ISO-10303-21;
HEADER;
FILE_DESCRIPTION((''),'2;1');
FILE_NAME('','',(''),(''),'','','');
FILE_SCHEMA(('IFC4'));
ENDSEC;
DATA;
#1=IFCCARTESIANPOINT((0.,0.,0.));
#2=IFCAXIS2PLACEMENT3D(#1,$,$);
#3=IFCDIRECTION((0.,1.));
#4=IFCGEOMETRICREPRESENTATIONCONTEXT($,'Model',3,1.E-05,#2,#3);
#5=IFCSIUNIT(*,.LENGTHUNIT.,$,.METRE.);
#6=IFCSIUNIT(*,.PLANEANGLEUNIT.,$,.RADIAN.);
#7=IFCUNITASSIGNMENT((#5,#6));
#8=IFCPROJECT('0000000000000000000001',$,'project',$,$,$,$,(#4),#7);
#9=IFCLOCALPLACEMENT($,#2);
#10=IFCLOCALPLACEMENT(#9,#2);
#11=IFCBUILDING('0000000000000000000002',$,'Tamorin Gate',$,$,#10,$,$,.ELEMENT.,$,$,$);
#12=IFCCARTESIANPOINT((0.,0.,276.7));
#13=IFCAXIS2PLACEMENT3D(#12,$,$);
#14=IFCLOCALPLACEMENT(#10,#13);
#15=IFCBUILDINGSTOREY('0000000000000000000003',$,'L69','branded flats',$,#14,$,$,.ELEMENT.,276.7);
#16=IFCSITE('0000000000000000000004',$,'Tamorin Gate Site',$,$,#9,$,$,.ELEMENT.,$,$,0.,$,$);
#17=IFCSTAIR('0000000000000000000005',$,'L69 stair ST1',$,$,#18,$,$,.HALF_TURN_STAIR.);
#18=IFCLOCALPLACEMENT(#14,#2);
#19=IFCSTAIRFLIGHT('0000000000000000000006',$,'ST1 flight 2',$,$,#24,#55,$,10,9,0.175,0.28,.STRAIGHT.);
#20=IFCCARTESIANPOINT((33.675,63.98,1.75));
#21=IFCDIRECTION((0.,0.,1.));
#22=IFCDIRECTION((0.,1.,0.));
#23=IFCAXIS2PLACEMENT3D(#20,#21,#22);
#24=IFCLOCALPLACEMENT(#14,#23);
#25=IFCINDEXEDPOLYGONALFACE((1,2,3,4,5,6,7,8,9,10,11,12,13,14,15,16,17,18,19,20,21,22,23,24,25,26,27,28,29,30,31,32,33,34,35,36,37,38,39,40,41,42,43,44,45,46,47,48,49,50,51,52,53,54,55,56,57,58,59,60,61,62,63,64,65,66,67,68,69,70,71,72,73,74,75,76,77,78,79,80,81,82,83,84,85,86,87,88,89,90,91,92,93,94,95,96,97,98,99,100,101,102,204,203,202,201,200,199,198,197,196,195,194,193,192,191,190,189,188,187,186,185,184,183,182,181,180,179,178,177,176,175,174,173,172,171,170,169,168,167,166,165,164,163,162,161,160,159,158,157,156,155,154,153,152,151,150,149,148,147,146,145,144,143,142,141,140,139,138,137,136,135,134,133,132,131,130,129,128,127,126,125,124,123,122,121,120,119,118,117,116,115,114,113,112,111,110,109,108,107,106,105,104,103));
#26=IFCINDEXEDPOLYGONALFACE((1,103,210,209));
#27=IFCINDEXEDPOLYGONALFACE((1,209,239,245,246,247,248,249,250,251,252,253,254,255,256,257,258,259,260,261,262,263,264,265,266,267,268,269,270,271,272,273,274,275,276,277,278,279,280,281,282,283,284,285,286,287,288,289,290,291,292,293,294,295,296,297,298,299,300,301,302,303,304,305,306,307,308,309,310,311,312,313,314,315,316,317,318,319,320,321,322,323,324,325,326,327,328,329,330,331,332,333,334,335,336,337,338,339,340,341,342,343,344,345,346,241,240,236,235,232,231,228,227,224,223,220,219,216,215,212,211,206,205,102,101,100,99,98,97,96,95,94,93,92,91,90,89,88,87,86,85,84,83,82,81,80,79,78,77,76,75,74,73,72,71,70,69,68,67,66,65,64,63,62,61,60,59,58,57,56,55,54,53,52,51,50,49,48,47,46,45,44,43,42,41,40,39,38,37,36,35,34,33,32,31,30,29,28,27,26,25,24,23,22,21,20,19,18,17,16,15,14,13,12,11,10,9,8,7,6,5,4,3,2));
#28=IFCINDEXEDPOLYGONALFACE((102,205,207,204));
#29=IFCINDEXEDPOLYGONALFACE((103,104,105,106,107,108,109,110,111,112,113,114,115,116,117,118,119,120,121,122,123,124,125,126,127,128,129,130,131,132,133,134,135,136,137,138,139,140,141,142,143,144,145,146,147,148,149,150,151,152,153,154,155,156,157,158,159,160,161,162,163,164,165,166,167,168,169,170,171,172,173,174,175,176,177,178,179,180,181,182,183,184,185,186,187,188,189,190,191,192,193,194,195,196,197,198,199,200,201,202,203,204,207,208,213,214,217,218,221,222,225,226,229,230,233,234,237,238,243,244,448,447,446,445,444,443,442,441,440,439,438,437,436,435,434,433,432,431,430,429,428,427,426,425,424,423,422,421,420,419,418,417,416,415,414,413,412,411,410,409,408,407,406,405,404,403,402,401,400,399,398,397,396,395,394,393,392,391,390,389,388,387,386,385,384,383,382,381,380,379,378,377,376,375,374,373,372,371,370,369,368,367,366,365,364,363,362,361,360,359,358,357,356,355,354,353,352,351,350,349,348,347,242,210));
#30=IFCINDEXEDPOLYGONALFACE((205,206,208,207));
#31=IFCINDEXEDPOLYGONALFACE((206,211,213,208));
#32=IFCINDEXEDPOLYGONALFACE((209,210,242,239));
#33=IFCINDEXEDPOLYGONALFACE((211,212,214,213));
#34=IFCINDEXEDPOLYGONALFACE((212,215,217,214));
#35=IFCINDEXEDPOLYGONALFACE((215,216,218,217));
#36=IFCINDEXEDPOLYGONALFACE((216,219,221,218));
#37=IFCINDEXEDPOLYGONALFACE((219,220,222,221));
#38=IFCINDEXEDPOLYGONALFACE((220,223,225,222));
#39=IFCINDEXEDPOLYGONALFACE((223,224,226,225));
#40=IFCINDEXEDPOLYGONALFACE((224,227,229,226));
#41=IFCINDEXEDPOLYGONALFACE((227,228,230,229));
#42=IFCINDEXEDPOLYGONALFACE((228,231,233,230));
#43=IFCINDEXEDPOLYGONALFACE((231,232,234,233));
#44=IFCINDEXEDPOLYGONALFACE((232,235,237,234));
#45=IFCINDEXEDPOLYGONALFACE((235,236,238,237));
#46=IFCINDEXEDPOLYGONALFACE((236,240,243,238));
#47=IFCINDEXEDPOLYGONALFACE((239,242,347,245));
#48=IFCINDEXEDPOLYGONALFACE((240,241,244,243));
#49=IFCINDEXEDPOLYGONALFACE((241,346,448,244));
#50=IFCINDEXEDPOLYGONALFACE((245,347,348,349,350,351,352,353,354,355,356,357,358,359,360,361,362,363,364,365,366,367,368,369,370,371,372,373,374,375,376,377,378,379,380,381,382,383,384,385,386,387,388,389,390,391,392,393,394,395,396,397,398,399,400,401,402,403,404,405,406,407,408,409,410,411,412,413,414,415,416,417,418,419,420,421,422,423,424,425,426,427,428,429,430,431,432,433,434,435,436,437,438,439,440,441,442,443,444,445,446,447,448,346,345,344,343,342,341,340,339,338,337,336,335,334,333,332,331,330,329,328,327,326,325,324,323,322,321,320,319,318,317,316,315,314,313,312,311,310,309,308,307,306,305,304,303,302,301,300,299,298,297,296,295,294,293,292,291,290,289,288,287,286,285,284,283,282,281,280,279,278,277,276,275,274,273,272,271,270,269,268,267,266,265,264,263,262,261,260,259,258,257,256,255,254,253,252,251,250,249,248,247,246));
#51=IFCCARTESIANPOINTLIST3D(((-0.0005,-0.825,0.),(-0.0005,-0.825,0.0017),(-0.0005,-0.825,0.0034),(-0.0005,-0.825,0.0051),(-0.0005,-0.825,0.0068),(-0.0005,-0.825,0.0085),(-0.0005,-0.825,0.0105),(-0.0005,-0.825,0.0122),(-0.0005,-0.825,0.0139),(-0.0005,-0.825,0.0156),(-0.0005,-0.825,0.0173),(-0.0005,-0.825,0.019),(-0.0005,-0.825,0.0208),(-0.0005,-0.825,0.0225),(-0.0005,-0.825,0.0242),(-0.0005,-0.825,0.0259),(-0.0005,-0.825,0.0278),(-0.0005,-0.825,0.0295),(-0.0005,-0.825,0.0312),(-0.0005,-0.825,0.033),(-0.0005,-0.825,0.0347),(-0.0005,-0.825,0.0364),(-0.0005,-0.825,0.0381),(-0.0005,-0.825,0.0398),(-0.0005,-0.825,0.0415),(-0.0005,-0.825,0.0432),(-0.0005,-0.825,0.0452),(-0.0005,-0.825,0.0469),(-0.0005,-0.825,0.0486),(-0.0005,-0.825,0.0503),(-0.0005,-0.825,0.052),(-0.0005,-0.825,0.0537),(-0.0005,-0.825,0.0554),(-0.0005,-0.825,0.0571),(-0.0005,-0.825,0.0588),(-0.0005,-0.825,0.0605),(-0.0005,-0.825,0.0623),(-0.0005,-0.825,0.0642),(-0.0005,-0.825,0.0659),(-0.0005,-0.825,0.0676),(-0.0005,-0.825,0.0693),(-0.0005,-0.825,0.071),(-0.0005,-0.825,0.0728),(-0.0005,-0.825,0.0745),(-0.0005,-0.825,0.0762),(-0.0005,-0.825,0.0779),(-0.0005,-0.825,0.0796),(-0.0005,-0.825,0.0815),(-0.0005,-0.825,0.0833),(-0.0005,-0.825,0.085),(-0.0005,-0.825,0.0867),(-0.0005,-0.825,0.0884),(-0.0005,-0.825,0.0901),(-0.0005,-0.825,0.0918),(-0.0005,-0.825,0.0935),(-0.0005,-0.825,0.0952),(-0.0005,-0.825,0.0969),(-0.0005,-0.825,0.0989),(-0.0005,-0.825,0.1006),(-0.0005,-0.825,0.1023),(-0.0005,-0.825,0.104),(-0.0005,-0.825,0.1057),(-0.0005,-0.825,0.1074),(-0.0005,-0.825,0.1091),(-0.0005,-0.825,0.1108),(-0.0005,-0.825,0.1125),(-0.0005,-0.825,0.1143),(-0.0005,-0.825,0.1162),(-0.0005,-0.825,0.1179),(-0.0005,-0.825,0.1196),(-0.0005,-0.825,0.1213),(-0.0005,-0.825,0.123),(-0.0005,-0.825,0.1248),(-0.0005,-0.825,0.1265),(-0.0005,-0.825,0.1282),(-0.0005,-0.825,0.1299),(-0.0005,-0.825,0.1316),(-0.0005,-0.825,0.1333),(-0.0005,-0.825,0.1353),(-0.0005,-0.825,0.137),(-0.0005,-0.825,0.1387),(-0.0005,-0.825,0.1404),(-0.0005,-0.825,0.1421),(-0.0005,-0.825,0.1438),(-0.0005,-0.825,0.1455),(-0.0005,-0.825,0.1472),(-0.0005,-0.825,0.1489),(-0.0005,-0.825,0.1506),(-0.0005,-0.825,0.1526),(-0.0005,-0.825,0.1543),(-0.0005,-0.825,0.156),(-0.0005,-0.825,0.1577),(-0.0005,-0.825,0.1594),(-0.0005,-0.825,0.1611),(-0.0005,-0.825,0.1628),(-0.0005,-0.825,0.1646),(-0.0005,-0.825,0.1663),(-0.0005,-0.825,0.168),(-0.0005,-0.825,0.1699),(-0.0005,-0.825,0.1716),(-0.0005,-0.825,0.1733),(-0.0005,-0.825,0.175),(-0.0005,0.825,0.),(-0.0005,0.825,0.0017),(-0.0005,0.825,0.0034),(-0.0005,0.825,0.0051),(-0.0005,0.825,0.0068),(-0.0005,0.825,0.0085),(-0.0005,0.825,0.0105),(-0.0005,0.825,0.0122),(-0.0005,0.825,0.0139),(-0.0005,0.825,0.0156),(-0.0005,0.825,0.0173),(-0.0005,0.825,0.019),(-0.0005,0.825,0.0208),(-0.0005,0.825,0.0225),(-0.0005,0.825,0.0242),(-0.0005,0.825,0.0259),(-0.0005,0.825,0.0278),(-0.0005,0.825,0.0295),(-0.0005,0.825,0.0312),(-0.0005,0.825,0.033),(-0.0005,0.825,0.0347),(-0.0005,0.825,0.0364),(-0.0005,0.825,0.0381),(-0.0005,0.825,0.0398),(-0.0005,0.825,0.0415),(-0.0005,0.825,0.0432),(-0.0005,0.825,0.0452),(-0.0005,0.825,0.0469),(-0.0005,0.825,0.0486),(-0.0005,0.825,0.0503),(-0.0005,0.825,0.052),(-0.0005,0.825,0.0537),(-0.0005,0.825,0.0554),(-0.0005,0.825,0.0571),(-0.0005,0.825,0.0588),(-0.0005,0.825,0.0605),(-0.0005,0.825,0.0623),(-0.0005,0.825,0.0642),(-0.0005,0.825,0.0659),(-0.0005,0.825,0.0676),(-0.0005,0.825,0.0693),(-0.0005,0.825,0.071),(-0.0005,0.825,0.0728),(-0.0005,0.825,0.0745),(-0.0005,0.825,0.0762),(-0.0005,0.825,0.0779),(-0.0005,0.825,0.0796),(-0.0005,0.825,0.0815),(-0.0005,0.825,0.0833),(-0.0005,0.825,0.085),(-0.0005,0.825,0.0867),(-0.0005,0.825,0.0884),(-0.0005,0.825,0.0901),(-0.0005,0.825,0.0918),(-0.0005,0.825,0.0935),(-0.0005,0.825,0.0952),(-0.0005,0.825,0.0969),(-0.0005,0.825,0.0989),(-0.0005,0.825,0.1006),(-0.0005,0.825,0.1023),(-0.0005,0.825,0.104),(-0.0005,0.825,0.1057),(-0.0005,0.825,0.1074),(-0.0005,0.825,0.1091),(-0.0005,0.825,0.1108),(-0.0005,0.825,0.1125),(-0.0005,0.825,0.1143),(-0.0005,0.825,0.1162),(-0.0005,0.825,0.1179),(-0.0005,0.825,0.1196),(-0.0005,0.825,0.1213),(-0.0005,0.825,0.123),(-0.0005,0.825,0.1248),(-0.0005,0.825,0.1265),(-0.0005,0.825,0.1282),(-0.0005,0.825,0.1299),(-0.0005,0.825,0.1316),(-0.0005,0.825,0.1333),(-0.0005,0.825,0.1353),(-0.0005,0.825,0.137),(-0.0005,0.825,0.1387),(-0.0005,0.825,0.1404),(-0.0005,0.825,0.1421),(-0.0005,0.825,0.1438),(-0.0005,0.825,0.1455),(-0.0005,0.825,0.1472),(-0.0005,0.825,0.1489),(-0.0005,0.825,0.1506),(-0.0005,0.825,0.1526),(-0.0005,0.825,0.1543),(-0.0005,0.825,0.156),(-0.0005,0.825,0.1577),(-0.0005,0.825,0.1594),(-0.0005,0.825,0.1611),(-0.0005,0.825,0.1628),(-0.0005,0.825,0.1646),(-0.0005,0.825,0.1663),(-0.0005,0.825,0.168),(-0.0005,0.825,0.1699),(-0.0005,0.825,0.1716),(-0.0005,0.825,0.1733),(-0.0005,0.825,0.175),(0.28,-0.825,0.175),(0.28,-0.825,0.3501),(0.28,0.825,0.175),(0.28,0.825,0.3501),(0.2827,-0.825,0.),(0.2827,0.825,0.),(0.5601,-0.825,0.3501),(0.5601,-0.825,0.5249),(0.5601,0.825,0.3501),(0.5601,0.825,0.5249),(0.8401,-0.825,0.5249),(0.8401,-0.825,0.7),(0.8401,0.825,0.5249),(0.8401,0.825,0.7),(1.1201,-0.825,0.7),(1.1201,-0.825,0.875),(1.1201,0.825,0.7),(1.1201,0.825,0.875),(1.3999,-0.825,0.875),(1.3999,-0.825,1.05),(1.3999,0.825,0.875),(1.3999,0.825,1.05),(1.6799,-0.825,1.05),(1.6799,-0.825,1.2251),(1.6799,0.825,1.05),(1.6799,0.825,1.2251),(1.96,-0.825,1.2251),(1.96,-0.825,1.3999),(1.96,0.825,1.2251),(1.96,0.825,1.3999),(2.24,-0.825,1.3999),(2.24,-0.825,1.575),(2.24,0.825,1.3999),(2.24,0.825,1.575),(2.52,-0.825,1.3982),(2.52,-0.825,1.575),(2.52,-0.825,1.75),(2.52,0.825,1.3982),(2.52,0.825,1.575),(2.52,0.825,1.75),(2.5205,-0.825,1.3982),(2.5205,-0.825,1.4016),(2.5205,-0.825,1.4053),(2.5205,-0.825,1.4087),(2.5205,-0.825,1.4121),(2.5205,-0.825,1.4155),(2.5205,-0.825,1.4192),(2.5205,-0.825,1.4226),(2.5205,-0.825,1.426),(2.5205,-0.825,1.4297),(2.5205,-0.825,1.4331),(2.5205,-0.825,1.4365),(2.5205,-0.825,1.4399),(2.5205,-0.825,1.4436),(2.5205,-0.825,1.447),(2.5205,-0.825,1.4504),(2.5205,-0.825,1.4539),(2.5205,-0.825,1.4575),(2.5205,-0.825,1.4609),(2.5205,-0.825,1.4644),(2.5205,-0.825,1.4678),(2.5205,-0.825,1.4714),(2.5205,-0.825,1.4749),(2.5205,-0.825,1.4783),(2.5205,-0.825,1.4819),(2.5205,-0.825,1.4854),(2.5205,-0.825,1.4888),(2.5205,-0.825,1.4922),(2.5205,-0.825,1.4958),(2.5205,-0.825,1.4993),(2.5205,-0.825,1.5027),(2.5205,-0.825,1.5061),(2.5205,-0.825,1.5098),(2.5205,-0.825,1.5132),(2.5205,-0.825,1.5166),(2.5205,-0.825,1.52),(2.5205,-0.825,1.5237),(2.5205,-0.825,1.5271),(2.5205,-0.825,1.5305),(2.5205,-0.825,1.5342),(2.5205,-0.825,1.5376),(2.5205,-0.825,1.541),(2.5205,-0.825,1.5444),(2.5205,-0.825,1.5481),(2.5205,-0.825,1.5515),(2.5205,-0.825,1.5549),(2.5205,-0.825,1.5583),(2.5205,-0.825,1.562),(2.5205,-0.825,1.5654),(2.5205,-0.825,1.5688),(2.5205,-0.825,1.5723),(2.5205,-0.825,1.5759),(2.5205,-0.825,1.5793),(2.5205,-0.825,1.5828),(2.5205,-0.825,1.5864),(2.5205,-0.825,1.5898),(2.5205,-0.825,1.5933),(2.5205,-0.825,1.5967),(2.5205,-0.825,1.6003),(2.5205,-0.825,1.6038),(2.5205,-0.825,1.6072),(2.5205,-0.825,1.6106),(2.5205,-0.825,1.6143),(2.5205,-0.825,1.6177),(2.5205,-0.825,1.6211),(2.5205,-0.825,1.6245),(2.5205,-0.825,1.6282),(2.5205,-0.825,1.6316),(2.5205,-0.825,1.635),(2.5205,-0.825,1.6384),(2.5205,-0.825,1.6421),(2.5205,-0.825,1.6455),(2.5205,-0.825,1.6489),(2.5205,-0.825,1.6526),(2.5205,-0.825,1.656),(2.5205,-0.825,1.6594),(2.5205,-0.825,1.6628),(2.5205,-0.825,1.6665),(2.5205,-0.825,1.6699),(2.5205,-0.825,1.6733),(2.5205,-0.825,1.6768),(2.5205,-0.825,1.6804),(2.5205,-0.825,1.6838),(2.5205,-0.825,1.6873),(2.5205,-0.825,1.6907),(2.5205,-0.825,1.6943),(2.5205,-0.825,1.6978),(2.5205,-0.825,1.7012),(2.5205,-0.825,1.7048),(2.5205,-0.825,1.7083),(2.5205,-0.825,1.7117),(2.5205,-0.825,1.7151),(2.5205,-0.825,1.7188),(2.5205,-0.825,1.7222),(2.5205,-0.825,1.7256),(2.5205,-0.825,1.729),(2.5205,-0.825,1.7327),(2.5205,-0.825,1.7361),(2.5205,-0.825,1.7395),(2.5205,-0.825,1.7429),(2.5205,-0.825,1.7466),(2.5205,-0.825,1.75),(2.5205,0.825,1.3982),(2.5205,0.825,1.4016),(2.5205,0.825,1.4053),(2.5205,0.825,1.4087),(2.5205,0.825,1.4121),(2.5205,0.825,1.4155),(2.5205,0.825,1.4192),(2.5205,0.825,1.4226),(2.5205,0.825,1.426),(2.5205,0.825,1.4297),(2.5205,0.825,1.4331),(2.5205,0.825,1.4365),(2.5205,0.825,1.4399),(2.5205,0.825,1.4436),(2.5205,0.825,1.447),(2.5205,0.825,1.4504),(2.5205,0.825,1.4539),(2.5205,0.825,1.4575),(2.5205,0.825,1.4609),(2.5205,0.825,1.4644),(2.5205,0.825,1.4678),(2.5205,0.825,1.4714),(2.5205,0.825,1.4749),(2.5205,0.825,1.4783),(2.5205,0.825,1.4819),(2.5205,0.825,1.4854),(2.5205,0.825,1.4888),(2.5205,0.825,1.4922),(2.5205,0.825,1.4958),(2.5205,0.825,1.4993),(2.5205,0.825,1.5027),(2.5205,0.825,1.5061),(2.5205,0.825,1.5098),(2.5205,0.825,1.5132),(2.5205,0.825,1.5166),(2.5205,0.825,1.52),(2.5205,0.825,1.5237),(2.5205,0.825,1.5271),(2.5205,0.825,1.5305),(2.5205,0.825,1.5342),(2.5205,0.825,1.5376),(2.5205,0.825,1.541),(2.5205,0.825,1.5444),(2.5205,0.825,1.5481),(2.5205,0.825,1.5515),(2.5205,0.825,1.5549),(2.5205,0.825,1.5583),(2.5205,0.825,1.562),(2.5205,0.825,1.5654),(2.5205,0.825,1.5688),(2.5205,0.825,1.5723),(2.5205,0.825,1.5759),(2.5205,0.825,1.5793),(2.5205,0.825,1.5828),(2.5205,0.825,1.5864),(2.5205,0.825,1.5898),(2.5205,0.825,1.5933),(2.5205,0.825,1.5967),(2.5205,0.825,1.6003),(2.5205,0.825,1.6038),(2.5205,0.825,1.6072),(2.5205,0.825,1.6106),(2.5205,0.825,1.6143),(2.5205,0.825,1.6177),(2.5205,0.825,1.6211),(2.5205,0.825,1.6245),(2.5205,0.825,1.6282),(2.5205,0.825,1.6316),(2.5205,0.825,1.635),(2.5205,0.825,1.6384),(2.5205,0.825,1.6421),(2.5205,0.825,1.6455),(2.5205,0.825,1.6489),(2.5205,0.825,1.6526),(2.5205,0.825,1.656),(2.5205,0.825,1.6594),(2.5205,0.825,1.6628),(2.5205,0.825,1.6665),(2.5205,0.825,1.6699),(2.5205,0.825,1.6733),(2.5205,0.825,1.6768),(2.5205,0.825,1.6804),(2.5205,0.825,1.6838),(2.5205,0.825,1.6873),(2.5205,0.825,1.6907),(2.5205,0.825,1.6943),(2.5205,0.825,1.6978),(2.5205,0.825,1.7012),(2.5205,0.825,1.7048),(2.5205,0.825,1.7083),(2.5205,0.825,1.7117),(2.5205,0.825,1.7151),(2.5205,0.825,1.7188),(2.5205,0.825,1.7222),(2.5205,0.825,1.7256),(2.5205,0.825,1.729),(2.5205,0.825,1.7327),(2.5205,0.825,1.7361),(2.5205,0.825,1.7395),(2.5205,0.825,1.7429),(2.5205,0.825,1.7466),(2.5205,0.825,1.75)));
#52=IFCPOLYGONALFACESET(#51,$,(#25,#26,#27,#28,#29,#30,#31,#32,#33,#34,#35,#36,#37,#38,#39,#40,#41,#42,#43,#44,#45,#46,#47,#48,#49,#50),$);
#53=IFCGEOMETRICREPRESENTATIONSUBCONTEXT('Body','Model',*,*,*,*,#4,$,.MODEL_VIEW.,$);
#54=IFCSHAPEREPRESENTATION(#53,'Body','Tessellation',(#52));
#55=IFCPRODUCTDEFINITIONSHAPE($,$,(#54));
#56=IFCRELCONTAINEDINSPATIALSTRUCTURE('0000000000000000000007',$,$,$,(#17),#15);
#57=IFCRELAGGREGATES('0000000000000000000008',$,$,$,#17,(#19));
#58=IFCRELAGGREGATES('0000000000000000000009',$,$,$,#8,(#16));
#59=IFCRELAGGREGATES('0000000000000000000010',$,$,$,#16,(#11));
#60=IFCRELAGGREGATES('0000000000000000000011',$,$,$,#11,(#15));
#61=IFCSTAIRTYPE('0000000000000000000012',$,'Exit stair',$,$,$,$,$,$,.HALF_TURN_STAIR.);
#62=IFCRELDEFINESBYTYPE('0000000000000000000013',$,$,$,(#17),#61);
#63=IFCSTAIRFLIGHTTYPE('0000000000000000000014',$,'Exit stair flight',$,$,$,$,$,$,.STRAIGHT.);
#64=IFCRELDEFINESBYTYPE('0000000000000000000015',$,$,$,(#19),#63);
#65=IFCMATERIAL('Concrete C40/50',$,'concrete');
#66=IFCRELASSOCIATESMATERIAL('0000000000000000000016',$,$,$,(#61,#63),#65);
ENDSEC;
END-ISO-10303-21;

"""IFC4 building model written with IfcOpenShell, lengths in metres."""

from ifc_helpers import new_model, si_unit, direction, frame, origin, place, context, subcontext, project, spatial, polyline, outline, extrude, material, type_object, element, aggregate, save


model = new_model("IFC4")

# Units and contexts
model_context = context("Model", 3, precision=1e-05, world=origin(), true_north=direction((0.0, 1.0)))
body_context = subcontext(model_context, "Body", "Model", "MODEL_VIEW")
ifc_project = project(units=[si_unit("LENGTHUNIT", "METRE"), si_unit("PLANEANGLEUNIT", "RADIAN")], contexts=[model_context])

# Site, building, storey
site_placement = place(None, origin())
site = spatial("IfcSite", under=ifc_project, at=site_placement, Name="Tamorin Gate Site", CompositionType="ELEMENT", RefElevation=0.0)
building_placement = place(site_placement, origin())
building = spatial("IfcBuilding", under=site, at=building_placement, Name="Tamorin Gate", CompositionType="ELEMENT")
storey_placement = place(building_placement, frame((0.0, 0.0, 276.7)))
storey = spatial("IfcBuildingStorey", under=building, at=storey_placement, Name="L69", Description="branded flats", CompositionType="ELEMENT", Elevation=276.7)

# Shared definitions
ifc_material_1 = material(Name="Concrete C40/50", Category="concrete")

# Stair, stair flight
stair_type = type_object("IfcStairType", Name="Exit stair", PredefinedType="HALF_TURN_STAIR", material=ifc_material_1)
stair_1_placement = place(storey_placement, origin())
stair_1 = element("IfcStair", 1, at=stair_1_placement, inside=storey, type_object=stair_type, Name="L69 stair ST1", PredefinedType="HALF_TURN_STAIR")
stair_flight_type = type_object("IfcStairFlightType", Name="Exit stair flight", PredefinedType="STRAIGHT", material=ifc_material_1)
stair_flight_1_placement = place(storey_placement, frame((33.675, 63.98, 1.75), z_axis=(0.0, 0.0, 1.0), x_axis=(0.0, 1.0, 0.0)))
stair_flight_1 = element("IfcStairFlight", 2, at=stair_flight_1_placement, type_object=stair_flight_type, Name="ST1 flight 2", NumberOfRisers=10, NumberOfTreads=9, PredefinedType="STRAIGHT", RiserHeight=0.175, TreadLength=0.28, context=body_context, shape_type="SweptSolid", body=[
    extrude(outline(polyline([(-0.0005, 0.0), (-0.0005, 0.0017), (-0.0005, 0.0034), (-0.0005, 0.0051), (-0.0005, 0.0068), (-0.0005, 0.0085), (-0.0005, 0.0105), (-0.0005, 0.0122), (-0.0005, 0.0139), (-0.0005, 0.0156), (-0.0005, 0.0173), (-0.0005, 0.019), (-0.0005, 0.0208), (-0.0005, 0.0225), (-0.0005, 0.0242), (-0.0005, 0.0259), (-0.0005, 0.0278), (-0.0005, 0.0295), (-0.0005, 0.0312), (-0.0005, 0.033), (-0.0005, 0.0347), (-0.0005, 0.0364), (-0.0005, 0.0381), (-0.0005, 0.0398), (-0.0005, 0.0415), (-0.0005, 0.0432), (-0.0005, 0.0452), (-0.0005, 0.0469), (-0.0005, 0.0486), (-0.0005, 0.0503), (-0.0005, 0.052), (-0.0005, 0.0537), (-0.0005, 0.0554), (-0.0005, 0.0571), (-0.0005, 0.0588), (-0.0005, 0.0605), (-0.0005, 0.0623), (-0.0005, 0.0642), (-0.0005, 0.0659), (-0.0005, 0.0676), (-0.0005, 0.0693), (-0.0005, 0.071), (-0.0005, 0.0728), (-0.0005, 0.0745), (-0.0005, 0.0762), (-0.0005, 0.0779), (-0.0005, 0.0796), (-0.0005, 0.0815), (-0.0005, 0.0833), (-0.0005, 0.085), (-0.0005, 0.0867), (-0.0005, 0.0884), (-0.0005, 0.0901), (-0.0005, 0.0918), (-0.0005, 0.0935), (-0.0005, 0.0952), (-0.0005, 0.0969), (-0.0005, 0.0989), (-0.0005, 0.1006), (-0.0005, 0.1023), (-0.0005, 0.104), (-0.0005, 0.1057), (-0.0005, 0.1074), (-0.0005, 0.1091), (-0.0005, 0.1108), (-0.0005, 0.1125), (-0.0005, 0.1143), (-0.0005, 0.1162), (-0.0005, 0.1179), (-0.0005, 0.1196), (-0.0005, 0.1213), (-0.0005, 0.123), (-0.0005, 0.1248), (-0.0005, 0.1265), (-0.0005, 0.1282), (-0.0005, 0.1299), (-0.0005, 0.1316), (-0.0005, 0.1333), (-0.0005, 0.1353), (-0.0005, 0.137), (-0.0005, 0.1387), (-0.0005, 0.1404), (-0.0005, 0.1421), (-0.0005, 0.1438), (-0.0005, 0.1455), (-0.0005, 0.1472), (-0.0005, 0.1489), (-0.0005, 0.1506), (-0.0005, 0.1526), (-0.0005, 0.1543), (-0.0005, 0.156), (-0.0005, 0.1577), (-0.0005, 0.1594), (-0.0005, 0.1611), (-0.0005, 0.1628), (-0.0005, 0.1646), (-0.0005, 0.1663), (-0.0005, 0.168), (-0.0005, 0.1699), (-0.0005, 0.1716), (-0.0005, 0.1733), (-0.0005, 0.175), (0.28, 0.175), (0.28, 0.3501), (0.5601, 0.3501), (0.5601, 0.5249), (0.8401, 0.5249), (0.8401, 0.7), (1.1201, 0.7), (1.1201, 0.875), (1.3999, 0.875), (1.3999, 1.05), (1.6799, 1.05), (1.6799, 1.2251), (1.96, 1.2251), (1.96, 1.3999), (2.24, 1.3999), (2.24, 1.575), (2.52, 1.575), (2.52, 1.75), (2.5205, 1.75), (2.5205, 1.7466), (2.5205, 1.7429), (2.5205, 1.7395), (2.5205, 1.7361), (2.5205, 1.7327), (2.5205, 1.729), (2.5205, 1.7256), (2.5205, 1.7222), (2.5205, 1.7188), (2.5205, 1.7151), (2.5205, 1.7117), (2.5205, 1.7083), (2.5205, 1.7048), (2.5205, 1.7012), (2.5205, 1.6978), (2.5205, 1.6943), (2.5205, 1.6907), (2.5205, 1.6873), (2.5205, 1.6838), (2.5205, 1.6804), (2.5205, 1.6768), (2.5205, 1.6733), (2.5205, 1.6699), (2.5205, 1.6665), (2.5205, 1.6628), (2.5205, 1.6594), (2.5205, 1.656), (2.5205, 1.6526), (2.5205, 1.6489), (2.5205, 1.6455), (2.5205, 1.6421), (2.5205, 1.6384), (2.5205, 1.635), (2.5205, 1.6316), (2.5205, 1.6282), (2.5205, 1.6245), (2.5205, 1.6211), (2.5205, 1.6177), (2.5205, 1.6143), (2.5205, 1.6106), (2.5205, 1.6072), (2.5205, 1.6038), (2.5205, 1.6003), (2.5205, 1.5967), (2.5205, 1.5933), (2.5205, 1.5898), (2.5205, 1.5864), (2.5205, 1.5828), (2.5205, 1.5793), (2.5205, 1.5759), (2.5205, 1.5723), (2.5205, 1.5688), (2.5205, 1.5654), (2.5205, 1.562), (2.5205, 1.5583), (2.5205, 1.5549), (2.5205, 1.5515), (2.5205, 1.5481), (2.5205, 1.5444), (2.5205, 1.541), (2.5205, 1.5376), (2.5205, 1.5342), (2.5205, 1.5305), (2.5205, 1.5271), (2.5205, 1.5237), (2.5205, 1.52), (2.5205, 1.5166), (2.5205, 1.5132), (2.5205, 1.5098), (2.5205, 1.5061), (2.5205, 1.5027), (2.5205, 1.4993), (2.5205, 1.4958), (2.5205, 1.4922), (2.5205, 1.4888), (2.5205, 1.4854), (2.5205, 1.4819), (2.5205, 1.4783), (2.5205, 1.4749), (2.5205, 1.4714), (2.5205, 1.4678), (2.5205, 1.4644), (2.5205, 1.4609), (2.5205, 1.4575), (2.5205, 1.4539), (2.5205, 1.4504), (2.5205, 1.447), (2.5205, 1.4436), (2.5205, 1.4399), (2.5205, 1.4365), (2.5205, 1.4331), (2.5205, 1.4297), (2.5205, 1.426), (2.5205, 1.4226), (2.5205, 1.4192), (2.5205, 1.4155), (2.5205, 1.4121), (2.5205, 1.4087), (2.5205, 1.4053), (2.5205, 1.4016), (2.5205, 1.3982), (2.52, 1.3982), (0.2827, 0.0), (-0.0005, 0.0)])), frame((0.0, 0.825, 0.0), z_axis=(0.0, -1.0, 0.0), x_axis=(1.0, 0.0, 0.0)), (0.0, 0.0, 1.0), 1.6499),
])
aggregate(stair_1, [stair_flight_1])

save(model, "model.ifc")
